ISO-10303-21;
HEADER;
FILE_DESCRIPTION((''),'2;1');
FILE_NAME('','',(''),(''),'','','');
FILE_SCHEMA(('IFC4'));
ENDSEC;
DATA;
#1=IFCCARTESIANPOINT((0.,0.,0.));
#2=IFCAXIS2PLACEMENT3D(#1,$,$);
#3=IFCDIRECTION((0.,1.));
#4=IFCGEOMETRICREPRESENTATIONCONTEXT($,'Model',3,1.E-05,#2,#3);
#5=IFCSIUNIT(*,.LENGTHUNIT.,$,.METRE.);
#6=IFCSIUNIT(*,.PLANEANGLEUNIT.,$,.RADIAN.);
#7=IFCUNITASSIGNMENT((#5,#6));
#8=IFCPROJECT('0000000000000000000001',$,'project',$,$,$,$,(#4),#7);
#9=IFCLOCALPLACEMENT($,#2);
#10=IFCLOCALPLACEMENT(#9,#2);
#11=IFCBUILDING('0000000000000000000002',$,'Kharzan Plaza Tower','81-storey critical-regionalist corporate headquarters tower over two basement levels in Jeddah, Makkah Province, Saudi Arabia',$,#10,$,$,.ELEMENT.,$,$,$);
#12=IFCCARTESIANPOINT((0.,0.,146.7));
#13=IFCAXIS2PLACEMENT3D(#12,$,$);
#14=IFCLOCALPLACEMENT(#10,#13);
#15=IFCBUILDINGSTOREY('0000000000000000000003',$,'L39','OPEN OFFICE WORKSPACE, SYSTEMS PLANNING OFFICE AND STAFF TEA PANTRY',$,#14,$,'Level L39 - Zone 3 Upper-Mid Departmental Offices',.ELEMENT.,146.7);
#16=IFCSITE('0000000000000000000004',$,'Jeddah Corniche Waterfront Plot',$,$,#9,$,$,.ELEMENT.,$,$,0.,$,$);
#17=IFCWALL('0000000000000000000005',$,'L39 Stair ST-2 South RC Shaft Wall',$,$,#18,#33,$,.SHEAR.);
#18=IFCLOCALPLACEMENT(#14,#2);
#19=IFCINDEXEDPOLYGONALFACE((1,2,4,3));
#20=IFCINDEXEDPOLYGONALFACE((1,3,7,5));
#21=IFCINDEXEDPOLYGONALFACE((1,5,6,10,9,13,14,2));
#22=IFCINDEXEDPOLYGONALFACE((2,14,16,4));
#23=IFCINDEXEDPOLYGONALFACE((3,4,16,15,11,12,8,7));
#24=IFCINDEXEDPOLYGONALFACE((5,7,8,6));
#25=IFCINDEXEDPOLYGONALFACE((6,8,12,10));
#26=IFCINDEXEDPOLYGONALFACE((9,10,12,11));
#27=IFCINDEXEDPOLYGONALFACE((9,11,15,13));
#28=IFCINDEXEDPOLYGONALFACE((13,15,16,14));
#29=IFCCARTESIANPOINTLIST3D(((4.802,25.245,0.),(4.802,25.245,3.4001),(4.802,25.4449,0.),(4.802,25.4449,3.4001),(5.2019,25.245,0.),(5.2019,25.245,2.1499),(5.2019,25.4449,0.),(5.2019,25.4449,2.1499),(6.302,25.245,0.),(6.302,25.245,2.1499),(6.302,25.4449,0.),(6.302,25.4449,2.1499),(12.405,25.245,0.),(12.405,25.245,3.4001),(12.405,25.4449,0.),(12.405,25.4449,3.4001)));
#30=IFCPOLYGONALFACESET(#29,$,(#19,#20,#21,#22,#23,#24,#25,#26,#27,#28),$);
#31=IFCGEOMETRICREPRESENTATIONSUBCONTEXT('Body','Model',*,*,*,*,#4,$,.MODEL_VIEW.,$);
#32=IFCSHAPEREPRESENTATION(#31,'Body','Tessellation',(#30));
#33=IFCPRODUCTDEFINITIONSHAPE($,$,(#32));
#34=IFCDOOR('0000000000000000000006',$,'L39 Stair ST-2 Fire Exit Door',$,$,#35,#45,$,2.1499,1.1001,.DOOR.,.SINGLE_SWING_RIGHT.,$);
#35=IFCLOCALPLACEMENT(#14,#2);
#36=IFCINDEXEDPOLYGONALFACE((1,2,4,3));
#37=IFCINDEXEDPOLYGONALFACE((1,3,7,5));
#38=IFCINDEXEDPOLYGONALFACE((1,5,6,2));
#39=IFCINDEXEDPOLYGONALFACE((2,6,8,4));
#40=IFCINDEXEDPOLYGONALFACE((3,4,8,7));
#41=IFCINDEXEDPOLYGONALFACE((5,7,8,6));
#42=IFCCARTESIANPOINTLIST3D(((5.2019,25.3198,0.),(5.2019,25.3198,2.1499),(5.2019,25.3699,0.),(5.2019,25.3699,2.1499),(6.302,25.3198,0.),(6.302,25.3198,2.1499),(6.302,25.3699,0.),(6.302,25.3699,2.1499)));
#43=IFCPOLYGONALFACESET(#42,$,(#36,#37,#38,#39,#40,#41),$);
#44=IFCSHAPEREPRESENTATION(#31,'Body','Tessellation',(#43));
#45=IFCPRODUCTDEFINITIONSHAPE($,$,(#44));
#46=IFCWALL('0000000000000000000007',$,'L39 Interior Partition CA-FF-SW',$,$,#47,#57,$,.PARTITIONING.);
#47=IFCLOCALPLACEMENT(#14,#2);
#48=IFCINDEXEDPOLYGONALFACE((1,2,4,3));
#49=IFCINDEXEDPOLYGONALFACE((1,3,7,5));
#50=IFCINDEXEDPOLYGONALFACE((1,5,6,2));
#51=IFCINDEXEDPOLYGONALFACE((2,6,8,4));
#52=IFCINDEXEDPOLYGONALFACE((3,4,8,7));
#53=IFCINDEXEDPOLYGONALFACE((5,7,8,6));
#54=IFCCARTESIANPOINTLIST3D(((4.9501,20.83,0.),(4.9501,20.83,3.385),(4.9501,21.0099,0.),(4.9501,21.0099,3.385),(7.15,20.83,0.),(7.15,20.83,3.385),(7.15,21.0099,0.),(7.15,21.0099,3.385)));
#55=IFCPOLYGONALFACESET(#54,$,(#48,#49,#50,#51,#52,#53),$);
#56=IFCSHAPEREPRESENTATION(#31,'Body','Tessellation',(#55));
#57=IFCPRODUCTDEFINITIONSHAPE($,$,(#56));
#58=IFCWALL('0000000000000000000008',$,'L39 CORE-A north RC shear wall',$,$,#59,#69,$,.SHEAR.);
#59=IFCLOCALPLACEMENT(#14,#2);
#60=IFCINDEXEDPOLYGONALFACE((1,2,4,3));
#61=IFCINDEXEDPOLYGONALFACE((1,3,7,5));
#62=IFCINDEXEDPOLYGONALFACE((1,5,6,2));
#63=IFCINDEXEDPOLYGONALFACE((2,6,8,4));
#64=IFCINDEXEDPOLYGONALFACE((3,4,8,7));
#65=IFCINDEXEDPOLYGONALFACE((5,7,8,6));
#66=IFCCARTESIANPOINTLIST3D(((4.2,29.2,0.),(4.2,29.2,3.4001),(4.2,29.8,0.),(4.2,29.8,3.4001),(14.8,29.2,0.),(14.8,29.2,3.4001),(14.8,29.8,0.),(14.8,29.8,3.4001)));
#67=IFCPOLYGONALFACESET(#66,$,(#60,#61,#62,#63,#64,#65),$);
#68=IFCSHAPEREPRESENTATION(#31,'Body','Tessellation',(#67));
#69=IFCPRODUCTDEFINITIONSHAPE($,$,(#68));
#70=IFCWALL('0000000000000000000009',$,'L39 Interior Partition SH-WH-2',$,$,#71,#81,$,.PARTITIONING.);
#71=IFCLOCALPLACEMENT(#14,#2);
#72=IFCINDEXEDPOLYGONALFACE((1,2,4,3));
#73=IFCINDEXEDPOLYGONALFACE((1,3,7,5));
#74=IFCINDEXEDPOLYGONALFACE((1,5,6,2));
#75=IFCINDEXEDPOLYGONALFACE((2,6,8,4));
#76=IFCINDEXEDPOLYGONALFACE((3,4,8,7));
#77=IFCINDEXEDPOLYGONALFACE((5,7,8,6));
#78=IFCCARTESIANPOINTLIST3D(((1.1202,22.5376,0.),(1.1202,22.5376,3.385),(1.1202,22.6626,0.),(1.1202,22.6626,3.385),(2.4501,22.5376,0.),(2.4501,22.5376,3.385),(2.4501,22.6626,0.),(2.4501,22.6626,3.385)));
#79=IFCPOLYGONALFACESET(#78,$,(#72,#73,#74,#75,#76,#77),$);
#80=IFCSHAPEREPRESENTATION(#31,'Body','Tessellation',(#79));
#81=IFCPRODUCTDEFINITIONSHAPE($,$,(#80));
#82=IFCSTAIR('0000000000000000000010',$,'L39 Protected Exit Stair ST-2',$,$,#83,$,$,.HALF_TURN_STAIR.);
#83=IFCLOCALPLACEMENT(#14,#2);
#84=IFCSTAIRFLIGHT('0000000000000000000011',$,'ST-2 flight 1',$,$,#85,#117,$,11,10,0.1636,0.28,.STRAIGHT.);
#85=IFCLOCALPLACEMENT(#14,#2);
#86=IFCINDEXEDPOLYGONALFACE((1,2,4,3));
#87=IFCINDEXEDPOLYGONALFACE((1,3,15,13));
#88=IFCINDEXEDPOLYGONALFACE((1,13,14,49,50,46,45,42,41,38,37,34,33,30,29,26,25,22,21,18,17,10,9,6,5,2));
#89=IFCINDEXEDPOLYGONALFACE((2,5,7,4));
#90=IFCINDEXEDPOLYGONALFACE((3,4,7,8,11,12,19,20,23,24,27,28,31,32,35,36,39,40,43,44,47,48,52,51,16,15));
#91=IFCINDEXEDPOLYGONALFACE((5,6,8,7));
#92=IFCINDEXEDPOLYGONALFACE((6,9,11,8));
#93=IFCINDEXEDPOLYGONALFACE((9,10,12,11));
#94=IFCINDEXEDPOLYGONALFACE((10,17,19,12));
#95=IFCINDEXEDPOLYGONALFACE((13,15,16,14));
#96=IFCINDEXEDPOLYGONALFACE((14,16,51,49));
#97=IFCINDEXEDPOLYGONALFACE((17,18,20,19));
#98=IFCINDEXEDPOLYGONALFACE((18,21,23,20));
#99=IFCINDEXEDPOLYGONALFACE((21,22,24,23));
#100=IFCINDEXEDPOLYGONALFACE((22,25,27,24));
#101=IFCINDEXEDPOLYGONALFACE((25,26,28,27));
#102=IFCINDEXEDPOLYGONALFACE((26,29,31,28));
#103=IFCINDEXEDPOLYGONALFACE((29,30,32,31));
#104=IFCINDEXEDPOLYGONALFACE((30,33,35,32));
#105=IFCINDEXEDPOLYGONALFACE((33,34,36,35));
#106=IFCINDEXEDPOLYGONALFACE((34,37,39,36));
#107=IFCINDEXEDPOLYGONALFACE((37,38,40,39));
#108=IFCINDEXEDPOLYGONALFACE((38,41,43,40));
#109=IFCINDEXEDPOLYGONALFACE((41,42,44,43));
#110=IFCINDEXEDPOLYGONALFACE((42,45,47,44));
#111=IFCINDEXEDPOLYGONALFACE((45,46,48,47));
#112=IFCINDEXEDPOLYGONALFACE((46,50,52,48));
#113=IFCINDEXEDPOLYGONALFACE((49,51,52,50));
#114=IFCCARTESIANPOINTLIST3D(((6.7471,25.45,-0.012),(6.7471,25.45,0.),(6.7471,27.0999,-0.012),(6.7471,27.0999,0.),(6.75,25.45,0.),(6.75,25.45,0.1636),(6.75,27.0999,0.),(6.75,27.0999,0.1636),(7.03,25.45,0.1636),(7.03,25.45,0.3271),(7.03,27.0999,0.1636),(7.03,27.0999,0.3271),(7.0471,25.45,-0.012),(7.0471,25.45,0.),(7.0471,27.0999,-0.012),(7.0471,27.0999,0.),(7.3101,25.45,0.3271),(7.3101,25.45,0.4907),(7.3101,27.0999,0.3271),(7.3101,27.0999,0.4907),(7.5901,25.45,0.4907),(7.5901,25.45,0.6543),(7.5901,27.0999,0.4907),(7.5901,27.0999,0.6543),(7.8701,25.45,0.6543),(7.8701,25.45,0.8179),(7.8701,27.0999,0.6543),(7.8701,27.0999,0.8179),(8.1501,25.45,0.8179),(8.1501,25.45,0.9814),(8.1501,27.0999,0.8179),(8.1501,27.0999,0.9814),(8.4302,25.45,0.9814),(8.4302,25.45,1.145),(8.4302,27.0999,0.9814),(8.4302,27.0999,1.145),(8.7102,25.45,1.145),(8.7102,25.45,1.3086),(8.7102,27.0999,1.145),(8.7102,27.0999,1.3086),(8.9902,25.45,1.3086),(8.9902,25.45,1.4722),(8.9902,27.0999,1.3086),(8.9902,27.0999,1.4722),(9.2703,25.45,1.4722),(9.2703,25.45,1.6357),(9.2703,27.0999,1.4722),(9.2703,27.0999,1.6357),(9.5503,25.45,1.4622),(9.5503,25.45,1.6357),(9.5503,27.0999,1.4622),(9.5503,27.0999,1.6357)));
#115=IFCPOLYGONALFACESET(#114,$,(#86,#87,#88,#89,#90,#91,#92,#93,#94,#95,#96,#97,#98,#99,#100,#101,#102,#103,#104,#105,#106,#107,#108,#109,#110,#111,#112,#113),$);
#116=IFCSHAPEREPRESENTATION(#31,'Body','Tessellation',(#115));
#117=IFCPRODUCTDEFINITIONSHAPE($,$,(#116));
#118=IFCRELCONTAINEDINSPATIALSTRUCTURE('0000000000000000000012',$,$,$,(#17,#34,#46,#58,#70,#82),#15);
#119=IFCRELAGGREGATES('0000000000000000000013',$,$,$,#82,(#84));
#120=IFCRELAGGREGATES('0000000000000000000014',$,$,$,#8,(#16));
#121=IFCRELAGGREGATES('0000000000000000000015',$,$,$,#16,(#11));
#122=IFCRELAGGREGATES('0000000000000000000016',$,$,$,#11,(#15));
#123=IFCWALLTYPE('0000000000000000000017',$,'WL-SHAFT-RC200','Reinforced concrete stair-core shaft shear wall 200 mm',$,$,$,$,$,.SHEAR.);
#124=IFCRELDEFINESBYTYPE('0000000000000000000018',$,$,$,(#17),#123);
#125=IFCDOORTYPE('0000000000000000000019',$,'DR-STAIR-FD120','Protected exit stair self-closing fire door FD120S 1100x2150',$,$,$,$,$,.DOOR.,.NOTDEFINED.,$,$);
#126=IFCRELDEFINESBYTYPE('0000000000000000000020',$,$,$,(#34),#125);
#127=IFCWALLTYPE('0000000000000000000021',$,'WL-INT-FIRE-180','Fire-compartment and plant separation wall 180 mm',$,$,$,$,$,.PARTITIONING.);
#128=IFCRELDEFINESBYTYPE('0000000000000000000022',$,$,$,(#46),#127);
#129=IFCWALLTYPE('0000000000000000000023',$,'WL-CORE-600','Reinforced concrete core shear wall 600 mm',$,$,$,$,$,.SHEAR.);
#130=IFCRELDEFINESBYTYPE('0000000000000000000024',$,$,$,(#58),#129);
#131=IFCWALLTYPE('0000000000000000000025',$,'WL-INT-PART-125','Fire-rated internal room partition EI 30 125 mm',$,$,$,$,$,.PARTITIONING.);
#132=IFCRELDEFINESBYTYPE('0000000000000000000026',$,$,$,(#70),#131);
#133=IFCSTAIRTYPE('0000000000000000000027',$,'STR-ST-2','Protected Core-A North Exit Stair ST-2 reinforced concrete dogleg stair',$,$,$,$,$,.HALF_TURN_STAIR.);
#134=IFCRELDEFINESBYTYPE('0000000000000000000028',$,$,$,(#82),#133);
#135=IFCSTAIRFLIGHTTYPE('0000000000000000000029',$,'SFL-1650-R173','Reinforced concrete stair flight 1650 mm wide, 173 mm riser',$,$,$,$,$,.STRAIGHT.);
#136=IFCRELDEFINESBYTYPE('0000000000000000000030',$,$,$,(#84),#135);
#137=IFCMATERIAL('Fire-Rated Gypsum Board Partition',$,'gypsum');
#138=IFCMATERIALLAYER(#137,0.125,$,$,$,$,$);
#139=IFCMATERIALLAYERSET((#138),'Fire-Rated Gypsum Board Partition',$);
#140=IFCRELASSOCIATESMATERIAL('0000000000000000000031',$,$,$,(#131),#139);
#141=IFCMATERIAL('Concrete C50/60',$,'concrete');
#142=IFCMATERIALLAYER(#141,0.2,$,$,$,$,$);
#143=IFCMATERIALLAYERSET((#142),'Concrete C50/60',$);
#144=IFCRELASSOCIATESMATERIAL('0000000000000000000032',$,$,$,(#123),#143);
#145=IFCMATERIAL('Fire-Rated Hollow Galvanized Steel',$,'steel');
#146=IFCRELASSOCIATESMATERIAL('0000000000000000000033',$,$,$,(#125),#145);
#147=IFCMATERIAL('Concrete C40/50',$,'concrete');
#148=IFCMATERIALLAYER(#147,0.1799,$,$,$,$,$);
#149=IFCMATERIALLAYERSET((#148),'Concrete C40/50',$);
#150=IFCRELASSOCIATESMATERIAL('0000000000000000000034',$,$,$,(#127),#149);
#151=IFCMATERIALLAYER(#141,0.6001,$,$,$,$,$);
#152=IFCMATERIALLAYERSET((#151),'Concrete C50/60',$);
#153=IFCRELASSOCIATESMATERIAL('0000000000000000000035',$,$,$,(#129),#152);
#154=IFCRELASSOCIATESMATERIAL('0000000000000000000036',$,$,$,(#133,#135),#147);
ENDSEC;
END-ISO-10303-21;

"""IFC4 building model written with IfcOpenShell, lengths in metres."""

from ifc_helpers import new_model, si_unit, direction, frame, frame_2d, origin, place, context, subcontext, project, spatial, polyline, rectangle, outline, extrude, source, transform, mapped, material, layer, layer_set, type_object, element, fill, aggregate, save


model = new_model("IFC4")

# Units and contexts
model_context = context("Model", 3, precision=1e-05, world=origin(), true_north=direction((0.0, 1.0)))
body_context = subcontext(model_context, "Body", "Model", "MODEL_VIEW")
ifc_project = project(units=[si_unit("LENGTHUNIT", "METRE"), si_unit("PLANEANGLEUNIT", "RADIAN")], contexts=[model_context])

# Site, building, storey
site_placement = place(None, origin())
site = spatial("IfcSite", under=ifc_project, at=site_placement, Name="Jeddah Corniche Waterfront Plot", CompositionType="ELEMENT", RefElevation=0.0)
building_placement = place(site_placement, origin())
building = spatial("IfcBuilding", under=site, at=building_placement, Name="Kharzan Plaza Tower", Description="81-storey critical-regionalist corporate headquarters tower over two basement levels in Jeddah, Makkah Province, Saudi Arabia", CompositionType="ELEMENT")
storey_placement = place(building_placement, frame((0.0, 0.0, 146.7)))
storey = spatial("IfcBuildingStorey", under=building, at=storey_placement, Name="L39", Description="OPEN OFFICE WORKSPACE, SYSTEMS PLANNING OFFICE AND STAFF TEA PANTRY", LongName="Level L39 - Zone 3 Upper-Mid Departmental Offices", CompositionType="ELEMENT", Elevation=146.7)

# Shared definitions
ifc_material_1 = material(Name="Concrete C50/60", Category="concrete")

# Shared definitions
ifc_material_2 = material(Name="Concrete C40/50", Category="concrete")

# Wall, opening, door
ifc_material_3 = material(Name="Fire-Rated Gypsum Board Partition", Category="gypsum")
ifc_layer_1 = layer(ifc_material_3, 0.125)
ifc_layer_set_1 = layer_set([ifc_layer_1], Name="Fire-Rated Gypsum Board Partition")
wall_type_1 = type_object("IfcWallType", Name="WL-INT-PART-125", Description="Fire-rated internal room partition EI 30 125 mm", PredefinedType="PARTITIONING", material=ifc_layer_set_1)
ifc_layer_2 = layer(ifc_material_1, 0.2)
ifc_layer_set_2 = layer_set([ifc_layer_2], Name="Concrete C50/60")
wall_type_2 = type_object("IfcWallType", Name="WL-SHAFT-RC200", Description="Reinforced concrete stair-core shaft shear wall 200 mm", PredefinedType="SHEAR", material=ifc_layer_set_2)
wall_1_placement = place(storey_placement, frame((4.802, 25.345, 0.0), z_axis=(0.0, 0.0, 1.0), x_axis=(1.0, 0.0, 0.0)))
wall_1 = element("IfcWall", 1, at=wall_1_placement, inside=storey, type_object=wall_type_2, Name="L39 Stair ST-2 South RC Shaft Wall", PredefinedType="SHEAR", context=body_context, shape_type="SweptSolid", body=[
    extrude(rectangle(XDim=7.603, YDim=0.2, at=frame_2d((3.8015, 0.0))), origin(), (0.0, 0.0, 1.0), 3.4001),
])
opening_1_placement = place(wall_1_placement, frame((0.3999, 0.0, 0.0)))
opening_1 = element("IfcOpeningElement", 2, at=opening_1_placement, cuts=wall_1, PredefinedType="OPENING", context=body_context, shape_type="SweptSolid", body=[
    extrude(rectangle(XDim=1.1001, YDim=2.1499, at=frame_2d((0.55, 1.075))), frame((0.0, 0.1099, 0.0), z_axis=(0.0, -1.0, 0.0), x_axis=(1.0, 0.0, 0.0)), (0.0, 0.0, 1.0), 0.22),
])
ifc_material_4 = material(Name="Fire-Rated Hollow Galvanized Steel", Category="steel")
door_type_1 = type_object("IfcDoorType", Name="DR-STAIR-FD120", Description="Protected exit stair self-closing fire door FD120S 1100x2150", OperationType="NOTDEFINED", PredefinedType="DOOR", material=ifc_material_4)
shared_shape_1 = source(origin(), body_context, "Body", "SweptSolid", [
    extrude(rectangle(XDim=1.1001, YDim=2.1499, at=frame_2d((0.55, 1.075))), frame((0.0, 0.0249, 0.0), z_axis=(0.0, -1.0, 0.0), x_axis=(1.0, 0.0, 0.0)), (0.0, 0.0, 1.0), 0.05),
])
door_1_placement = place(opening_1_placement, origin())
door_1 = element("IfcDoor", 3, at=door_1_placement, inside=storey, type_object=door_type_1, Name="L39 Stair ST-2 Fire Exit Door", OperationType="SINGLE_SWING_RIGHT", OverallHeight=2.1499, OverallWidth=1.1001, PredefinedType="DOOR", context=body_context, shape_type="MappedRepresentation", body=[
    mapped(shared_shape_1, transform((0.0, 0.0, 0.0), x_axis=(1.0, 0.0, 0.0), y_axis=(0.0, 1.0, 0.0), z_axis=(0.0, 0.0, 1.0))),
])
fill(opening_1, door_1)

# Walls
ifc_layer_3 = layer(ifc_material_2, 0.1799)
ifc_layer_set_3 = layer_set([ifc_layer_3], Name="Concrete C40/50")
wall_type_3 = type_object("IfcWallType", Name="WL-INT-FIRE-180", Description="Fire-compartment and plant separation wall 180 mm", PredefinedType="PARTITIONING", material=ifc_layer_set_3)
shared_shape_2 = source(origin(), body_context, "Body", "SweptSolid", [
    extrude(rectangle(XDim=2.2, YDim=0.1799, at=frame_2d((1.1001, 0.0))), origin(), (0.0, 0.0, 1.0), 3.385),
])
wall_2_placement = place(storey_placement, frame((4.95, 20.9199, 0.0), z_axis=(0.0, 0.0, 1.0), x_axis=(1.0, 0.0, 0.0)))
element("IfcWall", 4, at=wall_2_placement, inside=storey, type_object=wall_type_3, Name="L39 Interior Partition CA-FF-SW", PredefinedType="PARTITIONING", context=body_context, shape_type="MappedRepresentation", body=[
    mapped(shared_shape_2, transform((0.0, 0.0, 0.0), x_axis=(1.0, 0.0, 0.0), y_axis=(0.0, 1.0, 0.0), z_axis=(0.0, 0.0, 1.0))),
])
ifc_layer_4 = layer(ifc_material_1, 0.6001)
ifc_layer_set_4 = layer_set([ifc_layer_4], Name="Concrete C50/60")
wall_type_4 = type_object("IfcWallType", Name="WL-CORE-600", Description="Reinforced concrete core shear wall 600 mm", PredefinedType="SHEAR", material=ifc_layer_set_4)
shared_shape_3 = source(origin(), body_context, "Body", "SweptSolid", [
    extrude(rectangle(XDim=10.6001, YDim=0.6001, at=frame_2d((5.3, 0.0))), origin(), (0.0, 0.0, 1.0), 3.4001),
])
wall_3_placement = place(storey_placement, frame((4.2, 29.5, 0.0), z_axis=(0.0, 0.0, 1.0), x_axis=(1.0, 0.0, 0.0)))
element("IfcWall", 5, at=wall_3_placement, inside=storey, type_object=wall_type_4, Name="L39 CORE-A north RC shear wall", PredefinedType="SHEAR", context=body_context, shape_type="MappedRepresentation", body=[
    mapped(shared_shape_3, transform((0.0, 0.0, 0.0), x_axis=(1.0, 0.0, 0.0), y_axis=(0.0, 1.0, 0.0), z_axis=(0.0, 0.0, 1.0))),
])
shared_shape_4 = source(origin(), body_context, "Body", "SweptSolid", [
    extrude(rectangle(XDim=1.3298, YDim=0.125, at=frame_2d((0.665, 0.0))), origin(), (0.0, 0.0, 1.0), 3.385),
])
wall_4_placement = place(storey_placement, frame((1.1201, 22.6001, 0.0), z_axis=(0.0, 0.0, 1.0), x_axis=(1.0, 0.0, 0.0)))
element("IfcWall", 6, at=wall_4_placement, inside=storey, type_object=wall_type_1, Name="L39 Interior Partition SH-WH-2", PredefinedType="PARTITIONING", context=body_context, shape_type="MappedRepresentation", body=[
    mapped(shared_shape_4, transform((0.0, 0.0, 0.0), x_axis=(1.0, 0.0, 0.0), y_axis=(0.0, 1.0, 0.0), z_axis=(0.0, 0.0, 1.0))),
])

# Stair, stair flight
stair_type = type_object("IfcStairType", Name="STR-ST-2", Description="Protected Core-A North Exit Stair ST-2 reinforced concrete dogleg stair", PredefinedType="HALF_TURN_STAIR", material=ifc_material_2)
stair_placement = place(storey_placement, origin())
stair = element("IfcStair", 7, at=stair_placement, inside=storey, type_object=stair_type, Name="L39 Protected Exit Stair ST-2", PredefinedType="HALF_TURN_STAIR")
stair_flight_type = type_object("IfcStairFlightType", Name="SFL-1650-R173", Description="Reinforced concrete stair flight 1650 mm wide, 173 mm riser", PredefinedType="STRAIGHT", material=ifc_material_2)
shared_shape_5 = source(origin(), body_context, "Body", "SweptSolid", [
    extrude(outline(polyline([(-0.0029, -0.012), (-0.0029, 0.0), (0.0, 0.0), (0.0, 0.1636), (0.28, 0.1636), (0.28, 0.3271), (0.5601, 0.3271), (0.5601, 0.4907), (0.8401, 0.4907), (0.8401, 0.6543), (1.1201, 0.6543), (1.1201, 0.8179), (1.4001, 0.8179), (1.4001, 0.9814), (1.6802, 0.9814), (1.6802, 1.145), (1.9602, 1.145), (1.9602, 1.3086), (2.2402, 1.3086), (2.2402, 1.4722), (2.5203, 1.4722), (2.5203, 1.6357), (2.8003, 1.6357), (2.8003, 1.7993), (2.8003, 1.4622), (0.2971, 0.0), (0.2971, -0.012), (-0.0029, -0.012)])), frame((0.0, 0.825, 0.0), z_axis=(0.0, -1.0, 0.0), x_axis=(1.0, 0.0, 0.0)), (0.0, 0.0, 1.0), 1.6499),
])
stair_flight_placement = place(storey_placement, frame((6.75, 26.2749, 0.0), z_axis=(0.0, 0.0, 1.0), x_axis=(1.0, 0.0, 0.0)))
stair_flight = element("IfcStairFlight", 8, at=stair_flight_placement, type_object=stair_flight_type, Name="ST-2 flight 1", NumberOfRisers=11, NumberOfTreads=10, PredefinedType="STRAIGHT", RiserHeight=0.1636, TreadLength=0.28, context=body_context, shape_type="MappedRepresentation", body=[
    mapped(shared_shape_5, transform((0.0, 0.0, 0.0), x_axis=(1.0, 0.0, 0.0), y_axis=(0.0, 1.0, 0.0), z_axis=(0.0, 0.0, 1.0))),
])
aggregate(stair, [stair_flight])

save(model, "model.ifc")
